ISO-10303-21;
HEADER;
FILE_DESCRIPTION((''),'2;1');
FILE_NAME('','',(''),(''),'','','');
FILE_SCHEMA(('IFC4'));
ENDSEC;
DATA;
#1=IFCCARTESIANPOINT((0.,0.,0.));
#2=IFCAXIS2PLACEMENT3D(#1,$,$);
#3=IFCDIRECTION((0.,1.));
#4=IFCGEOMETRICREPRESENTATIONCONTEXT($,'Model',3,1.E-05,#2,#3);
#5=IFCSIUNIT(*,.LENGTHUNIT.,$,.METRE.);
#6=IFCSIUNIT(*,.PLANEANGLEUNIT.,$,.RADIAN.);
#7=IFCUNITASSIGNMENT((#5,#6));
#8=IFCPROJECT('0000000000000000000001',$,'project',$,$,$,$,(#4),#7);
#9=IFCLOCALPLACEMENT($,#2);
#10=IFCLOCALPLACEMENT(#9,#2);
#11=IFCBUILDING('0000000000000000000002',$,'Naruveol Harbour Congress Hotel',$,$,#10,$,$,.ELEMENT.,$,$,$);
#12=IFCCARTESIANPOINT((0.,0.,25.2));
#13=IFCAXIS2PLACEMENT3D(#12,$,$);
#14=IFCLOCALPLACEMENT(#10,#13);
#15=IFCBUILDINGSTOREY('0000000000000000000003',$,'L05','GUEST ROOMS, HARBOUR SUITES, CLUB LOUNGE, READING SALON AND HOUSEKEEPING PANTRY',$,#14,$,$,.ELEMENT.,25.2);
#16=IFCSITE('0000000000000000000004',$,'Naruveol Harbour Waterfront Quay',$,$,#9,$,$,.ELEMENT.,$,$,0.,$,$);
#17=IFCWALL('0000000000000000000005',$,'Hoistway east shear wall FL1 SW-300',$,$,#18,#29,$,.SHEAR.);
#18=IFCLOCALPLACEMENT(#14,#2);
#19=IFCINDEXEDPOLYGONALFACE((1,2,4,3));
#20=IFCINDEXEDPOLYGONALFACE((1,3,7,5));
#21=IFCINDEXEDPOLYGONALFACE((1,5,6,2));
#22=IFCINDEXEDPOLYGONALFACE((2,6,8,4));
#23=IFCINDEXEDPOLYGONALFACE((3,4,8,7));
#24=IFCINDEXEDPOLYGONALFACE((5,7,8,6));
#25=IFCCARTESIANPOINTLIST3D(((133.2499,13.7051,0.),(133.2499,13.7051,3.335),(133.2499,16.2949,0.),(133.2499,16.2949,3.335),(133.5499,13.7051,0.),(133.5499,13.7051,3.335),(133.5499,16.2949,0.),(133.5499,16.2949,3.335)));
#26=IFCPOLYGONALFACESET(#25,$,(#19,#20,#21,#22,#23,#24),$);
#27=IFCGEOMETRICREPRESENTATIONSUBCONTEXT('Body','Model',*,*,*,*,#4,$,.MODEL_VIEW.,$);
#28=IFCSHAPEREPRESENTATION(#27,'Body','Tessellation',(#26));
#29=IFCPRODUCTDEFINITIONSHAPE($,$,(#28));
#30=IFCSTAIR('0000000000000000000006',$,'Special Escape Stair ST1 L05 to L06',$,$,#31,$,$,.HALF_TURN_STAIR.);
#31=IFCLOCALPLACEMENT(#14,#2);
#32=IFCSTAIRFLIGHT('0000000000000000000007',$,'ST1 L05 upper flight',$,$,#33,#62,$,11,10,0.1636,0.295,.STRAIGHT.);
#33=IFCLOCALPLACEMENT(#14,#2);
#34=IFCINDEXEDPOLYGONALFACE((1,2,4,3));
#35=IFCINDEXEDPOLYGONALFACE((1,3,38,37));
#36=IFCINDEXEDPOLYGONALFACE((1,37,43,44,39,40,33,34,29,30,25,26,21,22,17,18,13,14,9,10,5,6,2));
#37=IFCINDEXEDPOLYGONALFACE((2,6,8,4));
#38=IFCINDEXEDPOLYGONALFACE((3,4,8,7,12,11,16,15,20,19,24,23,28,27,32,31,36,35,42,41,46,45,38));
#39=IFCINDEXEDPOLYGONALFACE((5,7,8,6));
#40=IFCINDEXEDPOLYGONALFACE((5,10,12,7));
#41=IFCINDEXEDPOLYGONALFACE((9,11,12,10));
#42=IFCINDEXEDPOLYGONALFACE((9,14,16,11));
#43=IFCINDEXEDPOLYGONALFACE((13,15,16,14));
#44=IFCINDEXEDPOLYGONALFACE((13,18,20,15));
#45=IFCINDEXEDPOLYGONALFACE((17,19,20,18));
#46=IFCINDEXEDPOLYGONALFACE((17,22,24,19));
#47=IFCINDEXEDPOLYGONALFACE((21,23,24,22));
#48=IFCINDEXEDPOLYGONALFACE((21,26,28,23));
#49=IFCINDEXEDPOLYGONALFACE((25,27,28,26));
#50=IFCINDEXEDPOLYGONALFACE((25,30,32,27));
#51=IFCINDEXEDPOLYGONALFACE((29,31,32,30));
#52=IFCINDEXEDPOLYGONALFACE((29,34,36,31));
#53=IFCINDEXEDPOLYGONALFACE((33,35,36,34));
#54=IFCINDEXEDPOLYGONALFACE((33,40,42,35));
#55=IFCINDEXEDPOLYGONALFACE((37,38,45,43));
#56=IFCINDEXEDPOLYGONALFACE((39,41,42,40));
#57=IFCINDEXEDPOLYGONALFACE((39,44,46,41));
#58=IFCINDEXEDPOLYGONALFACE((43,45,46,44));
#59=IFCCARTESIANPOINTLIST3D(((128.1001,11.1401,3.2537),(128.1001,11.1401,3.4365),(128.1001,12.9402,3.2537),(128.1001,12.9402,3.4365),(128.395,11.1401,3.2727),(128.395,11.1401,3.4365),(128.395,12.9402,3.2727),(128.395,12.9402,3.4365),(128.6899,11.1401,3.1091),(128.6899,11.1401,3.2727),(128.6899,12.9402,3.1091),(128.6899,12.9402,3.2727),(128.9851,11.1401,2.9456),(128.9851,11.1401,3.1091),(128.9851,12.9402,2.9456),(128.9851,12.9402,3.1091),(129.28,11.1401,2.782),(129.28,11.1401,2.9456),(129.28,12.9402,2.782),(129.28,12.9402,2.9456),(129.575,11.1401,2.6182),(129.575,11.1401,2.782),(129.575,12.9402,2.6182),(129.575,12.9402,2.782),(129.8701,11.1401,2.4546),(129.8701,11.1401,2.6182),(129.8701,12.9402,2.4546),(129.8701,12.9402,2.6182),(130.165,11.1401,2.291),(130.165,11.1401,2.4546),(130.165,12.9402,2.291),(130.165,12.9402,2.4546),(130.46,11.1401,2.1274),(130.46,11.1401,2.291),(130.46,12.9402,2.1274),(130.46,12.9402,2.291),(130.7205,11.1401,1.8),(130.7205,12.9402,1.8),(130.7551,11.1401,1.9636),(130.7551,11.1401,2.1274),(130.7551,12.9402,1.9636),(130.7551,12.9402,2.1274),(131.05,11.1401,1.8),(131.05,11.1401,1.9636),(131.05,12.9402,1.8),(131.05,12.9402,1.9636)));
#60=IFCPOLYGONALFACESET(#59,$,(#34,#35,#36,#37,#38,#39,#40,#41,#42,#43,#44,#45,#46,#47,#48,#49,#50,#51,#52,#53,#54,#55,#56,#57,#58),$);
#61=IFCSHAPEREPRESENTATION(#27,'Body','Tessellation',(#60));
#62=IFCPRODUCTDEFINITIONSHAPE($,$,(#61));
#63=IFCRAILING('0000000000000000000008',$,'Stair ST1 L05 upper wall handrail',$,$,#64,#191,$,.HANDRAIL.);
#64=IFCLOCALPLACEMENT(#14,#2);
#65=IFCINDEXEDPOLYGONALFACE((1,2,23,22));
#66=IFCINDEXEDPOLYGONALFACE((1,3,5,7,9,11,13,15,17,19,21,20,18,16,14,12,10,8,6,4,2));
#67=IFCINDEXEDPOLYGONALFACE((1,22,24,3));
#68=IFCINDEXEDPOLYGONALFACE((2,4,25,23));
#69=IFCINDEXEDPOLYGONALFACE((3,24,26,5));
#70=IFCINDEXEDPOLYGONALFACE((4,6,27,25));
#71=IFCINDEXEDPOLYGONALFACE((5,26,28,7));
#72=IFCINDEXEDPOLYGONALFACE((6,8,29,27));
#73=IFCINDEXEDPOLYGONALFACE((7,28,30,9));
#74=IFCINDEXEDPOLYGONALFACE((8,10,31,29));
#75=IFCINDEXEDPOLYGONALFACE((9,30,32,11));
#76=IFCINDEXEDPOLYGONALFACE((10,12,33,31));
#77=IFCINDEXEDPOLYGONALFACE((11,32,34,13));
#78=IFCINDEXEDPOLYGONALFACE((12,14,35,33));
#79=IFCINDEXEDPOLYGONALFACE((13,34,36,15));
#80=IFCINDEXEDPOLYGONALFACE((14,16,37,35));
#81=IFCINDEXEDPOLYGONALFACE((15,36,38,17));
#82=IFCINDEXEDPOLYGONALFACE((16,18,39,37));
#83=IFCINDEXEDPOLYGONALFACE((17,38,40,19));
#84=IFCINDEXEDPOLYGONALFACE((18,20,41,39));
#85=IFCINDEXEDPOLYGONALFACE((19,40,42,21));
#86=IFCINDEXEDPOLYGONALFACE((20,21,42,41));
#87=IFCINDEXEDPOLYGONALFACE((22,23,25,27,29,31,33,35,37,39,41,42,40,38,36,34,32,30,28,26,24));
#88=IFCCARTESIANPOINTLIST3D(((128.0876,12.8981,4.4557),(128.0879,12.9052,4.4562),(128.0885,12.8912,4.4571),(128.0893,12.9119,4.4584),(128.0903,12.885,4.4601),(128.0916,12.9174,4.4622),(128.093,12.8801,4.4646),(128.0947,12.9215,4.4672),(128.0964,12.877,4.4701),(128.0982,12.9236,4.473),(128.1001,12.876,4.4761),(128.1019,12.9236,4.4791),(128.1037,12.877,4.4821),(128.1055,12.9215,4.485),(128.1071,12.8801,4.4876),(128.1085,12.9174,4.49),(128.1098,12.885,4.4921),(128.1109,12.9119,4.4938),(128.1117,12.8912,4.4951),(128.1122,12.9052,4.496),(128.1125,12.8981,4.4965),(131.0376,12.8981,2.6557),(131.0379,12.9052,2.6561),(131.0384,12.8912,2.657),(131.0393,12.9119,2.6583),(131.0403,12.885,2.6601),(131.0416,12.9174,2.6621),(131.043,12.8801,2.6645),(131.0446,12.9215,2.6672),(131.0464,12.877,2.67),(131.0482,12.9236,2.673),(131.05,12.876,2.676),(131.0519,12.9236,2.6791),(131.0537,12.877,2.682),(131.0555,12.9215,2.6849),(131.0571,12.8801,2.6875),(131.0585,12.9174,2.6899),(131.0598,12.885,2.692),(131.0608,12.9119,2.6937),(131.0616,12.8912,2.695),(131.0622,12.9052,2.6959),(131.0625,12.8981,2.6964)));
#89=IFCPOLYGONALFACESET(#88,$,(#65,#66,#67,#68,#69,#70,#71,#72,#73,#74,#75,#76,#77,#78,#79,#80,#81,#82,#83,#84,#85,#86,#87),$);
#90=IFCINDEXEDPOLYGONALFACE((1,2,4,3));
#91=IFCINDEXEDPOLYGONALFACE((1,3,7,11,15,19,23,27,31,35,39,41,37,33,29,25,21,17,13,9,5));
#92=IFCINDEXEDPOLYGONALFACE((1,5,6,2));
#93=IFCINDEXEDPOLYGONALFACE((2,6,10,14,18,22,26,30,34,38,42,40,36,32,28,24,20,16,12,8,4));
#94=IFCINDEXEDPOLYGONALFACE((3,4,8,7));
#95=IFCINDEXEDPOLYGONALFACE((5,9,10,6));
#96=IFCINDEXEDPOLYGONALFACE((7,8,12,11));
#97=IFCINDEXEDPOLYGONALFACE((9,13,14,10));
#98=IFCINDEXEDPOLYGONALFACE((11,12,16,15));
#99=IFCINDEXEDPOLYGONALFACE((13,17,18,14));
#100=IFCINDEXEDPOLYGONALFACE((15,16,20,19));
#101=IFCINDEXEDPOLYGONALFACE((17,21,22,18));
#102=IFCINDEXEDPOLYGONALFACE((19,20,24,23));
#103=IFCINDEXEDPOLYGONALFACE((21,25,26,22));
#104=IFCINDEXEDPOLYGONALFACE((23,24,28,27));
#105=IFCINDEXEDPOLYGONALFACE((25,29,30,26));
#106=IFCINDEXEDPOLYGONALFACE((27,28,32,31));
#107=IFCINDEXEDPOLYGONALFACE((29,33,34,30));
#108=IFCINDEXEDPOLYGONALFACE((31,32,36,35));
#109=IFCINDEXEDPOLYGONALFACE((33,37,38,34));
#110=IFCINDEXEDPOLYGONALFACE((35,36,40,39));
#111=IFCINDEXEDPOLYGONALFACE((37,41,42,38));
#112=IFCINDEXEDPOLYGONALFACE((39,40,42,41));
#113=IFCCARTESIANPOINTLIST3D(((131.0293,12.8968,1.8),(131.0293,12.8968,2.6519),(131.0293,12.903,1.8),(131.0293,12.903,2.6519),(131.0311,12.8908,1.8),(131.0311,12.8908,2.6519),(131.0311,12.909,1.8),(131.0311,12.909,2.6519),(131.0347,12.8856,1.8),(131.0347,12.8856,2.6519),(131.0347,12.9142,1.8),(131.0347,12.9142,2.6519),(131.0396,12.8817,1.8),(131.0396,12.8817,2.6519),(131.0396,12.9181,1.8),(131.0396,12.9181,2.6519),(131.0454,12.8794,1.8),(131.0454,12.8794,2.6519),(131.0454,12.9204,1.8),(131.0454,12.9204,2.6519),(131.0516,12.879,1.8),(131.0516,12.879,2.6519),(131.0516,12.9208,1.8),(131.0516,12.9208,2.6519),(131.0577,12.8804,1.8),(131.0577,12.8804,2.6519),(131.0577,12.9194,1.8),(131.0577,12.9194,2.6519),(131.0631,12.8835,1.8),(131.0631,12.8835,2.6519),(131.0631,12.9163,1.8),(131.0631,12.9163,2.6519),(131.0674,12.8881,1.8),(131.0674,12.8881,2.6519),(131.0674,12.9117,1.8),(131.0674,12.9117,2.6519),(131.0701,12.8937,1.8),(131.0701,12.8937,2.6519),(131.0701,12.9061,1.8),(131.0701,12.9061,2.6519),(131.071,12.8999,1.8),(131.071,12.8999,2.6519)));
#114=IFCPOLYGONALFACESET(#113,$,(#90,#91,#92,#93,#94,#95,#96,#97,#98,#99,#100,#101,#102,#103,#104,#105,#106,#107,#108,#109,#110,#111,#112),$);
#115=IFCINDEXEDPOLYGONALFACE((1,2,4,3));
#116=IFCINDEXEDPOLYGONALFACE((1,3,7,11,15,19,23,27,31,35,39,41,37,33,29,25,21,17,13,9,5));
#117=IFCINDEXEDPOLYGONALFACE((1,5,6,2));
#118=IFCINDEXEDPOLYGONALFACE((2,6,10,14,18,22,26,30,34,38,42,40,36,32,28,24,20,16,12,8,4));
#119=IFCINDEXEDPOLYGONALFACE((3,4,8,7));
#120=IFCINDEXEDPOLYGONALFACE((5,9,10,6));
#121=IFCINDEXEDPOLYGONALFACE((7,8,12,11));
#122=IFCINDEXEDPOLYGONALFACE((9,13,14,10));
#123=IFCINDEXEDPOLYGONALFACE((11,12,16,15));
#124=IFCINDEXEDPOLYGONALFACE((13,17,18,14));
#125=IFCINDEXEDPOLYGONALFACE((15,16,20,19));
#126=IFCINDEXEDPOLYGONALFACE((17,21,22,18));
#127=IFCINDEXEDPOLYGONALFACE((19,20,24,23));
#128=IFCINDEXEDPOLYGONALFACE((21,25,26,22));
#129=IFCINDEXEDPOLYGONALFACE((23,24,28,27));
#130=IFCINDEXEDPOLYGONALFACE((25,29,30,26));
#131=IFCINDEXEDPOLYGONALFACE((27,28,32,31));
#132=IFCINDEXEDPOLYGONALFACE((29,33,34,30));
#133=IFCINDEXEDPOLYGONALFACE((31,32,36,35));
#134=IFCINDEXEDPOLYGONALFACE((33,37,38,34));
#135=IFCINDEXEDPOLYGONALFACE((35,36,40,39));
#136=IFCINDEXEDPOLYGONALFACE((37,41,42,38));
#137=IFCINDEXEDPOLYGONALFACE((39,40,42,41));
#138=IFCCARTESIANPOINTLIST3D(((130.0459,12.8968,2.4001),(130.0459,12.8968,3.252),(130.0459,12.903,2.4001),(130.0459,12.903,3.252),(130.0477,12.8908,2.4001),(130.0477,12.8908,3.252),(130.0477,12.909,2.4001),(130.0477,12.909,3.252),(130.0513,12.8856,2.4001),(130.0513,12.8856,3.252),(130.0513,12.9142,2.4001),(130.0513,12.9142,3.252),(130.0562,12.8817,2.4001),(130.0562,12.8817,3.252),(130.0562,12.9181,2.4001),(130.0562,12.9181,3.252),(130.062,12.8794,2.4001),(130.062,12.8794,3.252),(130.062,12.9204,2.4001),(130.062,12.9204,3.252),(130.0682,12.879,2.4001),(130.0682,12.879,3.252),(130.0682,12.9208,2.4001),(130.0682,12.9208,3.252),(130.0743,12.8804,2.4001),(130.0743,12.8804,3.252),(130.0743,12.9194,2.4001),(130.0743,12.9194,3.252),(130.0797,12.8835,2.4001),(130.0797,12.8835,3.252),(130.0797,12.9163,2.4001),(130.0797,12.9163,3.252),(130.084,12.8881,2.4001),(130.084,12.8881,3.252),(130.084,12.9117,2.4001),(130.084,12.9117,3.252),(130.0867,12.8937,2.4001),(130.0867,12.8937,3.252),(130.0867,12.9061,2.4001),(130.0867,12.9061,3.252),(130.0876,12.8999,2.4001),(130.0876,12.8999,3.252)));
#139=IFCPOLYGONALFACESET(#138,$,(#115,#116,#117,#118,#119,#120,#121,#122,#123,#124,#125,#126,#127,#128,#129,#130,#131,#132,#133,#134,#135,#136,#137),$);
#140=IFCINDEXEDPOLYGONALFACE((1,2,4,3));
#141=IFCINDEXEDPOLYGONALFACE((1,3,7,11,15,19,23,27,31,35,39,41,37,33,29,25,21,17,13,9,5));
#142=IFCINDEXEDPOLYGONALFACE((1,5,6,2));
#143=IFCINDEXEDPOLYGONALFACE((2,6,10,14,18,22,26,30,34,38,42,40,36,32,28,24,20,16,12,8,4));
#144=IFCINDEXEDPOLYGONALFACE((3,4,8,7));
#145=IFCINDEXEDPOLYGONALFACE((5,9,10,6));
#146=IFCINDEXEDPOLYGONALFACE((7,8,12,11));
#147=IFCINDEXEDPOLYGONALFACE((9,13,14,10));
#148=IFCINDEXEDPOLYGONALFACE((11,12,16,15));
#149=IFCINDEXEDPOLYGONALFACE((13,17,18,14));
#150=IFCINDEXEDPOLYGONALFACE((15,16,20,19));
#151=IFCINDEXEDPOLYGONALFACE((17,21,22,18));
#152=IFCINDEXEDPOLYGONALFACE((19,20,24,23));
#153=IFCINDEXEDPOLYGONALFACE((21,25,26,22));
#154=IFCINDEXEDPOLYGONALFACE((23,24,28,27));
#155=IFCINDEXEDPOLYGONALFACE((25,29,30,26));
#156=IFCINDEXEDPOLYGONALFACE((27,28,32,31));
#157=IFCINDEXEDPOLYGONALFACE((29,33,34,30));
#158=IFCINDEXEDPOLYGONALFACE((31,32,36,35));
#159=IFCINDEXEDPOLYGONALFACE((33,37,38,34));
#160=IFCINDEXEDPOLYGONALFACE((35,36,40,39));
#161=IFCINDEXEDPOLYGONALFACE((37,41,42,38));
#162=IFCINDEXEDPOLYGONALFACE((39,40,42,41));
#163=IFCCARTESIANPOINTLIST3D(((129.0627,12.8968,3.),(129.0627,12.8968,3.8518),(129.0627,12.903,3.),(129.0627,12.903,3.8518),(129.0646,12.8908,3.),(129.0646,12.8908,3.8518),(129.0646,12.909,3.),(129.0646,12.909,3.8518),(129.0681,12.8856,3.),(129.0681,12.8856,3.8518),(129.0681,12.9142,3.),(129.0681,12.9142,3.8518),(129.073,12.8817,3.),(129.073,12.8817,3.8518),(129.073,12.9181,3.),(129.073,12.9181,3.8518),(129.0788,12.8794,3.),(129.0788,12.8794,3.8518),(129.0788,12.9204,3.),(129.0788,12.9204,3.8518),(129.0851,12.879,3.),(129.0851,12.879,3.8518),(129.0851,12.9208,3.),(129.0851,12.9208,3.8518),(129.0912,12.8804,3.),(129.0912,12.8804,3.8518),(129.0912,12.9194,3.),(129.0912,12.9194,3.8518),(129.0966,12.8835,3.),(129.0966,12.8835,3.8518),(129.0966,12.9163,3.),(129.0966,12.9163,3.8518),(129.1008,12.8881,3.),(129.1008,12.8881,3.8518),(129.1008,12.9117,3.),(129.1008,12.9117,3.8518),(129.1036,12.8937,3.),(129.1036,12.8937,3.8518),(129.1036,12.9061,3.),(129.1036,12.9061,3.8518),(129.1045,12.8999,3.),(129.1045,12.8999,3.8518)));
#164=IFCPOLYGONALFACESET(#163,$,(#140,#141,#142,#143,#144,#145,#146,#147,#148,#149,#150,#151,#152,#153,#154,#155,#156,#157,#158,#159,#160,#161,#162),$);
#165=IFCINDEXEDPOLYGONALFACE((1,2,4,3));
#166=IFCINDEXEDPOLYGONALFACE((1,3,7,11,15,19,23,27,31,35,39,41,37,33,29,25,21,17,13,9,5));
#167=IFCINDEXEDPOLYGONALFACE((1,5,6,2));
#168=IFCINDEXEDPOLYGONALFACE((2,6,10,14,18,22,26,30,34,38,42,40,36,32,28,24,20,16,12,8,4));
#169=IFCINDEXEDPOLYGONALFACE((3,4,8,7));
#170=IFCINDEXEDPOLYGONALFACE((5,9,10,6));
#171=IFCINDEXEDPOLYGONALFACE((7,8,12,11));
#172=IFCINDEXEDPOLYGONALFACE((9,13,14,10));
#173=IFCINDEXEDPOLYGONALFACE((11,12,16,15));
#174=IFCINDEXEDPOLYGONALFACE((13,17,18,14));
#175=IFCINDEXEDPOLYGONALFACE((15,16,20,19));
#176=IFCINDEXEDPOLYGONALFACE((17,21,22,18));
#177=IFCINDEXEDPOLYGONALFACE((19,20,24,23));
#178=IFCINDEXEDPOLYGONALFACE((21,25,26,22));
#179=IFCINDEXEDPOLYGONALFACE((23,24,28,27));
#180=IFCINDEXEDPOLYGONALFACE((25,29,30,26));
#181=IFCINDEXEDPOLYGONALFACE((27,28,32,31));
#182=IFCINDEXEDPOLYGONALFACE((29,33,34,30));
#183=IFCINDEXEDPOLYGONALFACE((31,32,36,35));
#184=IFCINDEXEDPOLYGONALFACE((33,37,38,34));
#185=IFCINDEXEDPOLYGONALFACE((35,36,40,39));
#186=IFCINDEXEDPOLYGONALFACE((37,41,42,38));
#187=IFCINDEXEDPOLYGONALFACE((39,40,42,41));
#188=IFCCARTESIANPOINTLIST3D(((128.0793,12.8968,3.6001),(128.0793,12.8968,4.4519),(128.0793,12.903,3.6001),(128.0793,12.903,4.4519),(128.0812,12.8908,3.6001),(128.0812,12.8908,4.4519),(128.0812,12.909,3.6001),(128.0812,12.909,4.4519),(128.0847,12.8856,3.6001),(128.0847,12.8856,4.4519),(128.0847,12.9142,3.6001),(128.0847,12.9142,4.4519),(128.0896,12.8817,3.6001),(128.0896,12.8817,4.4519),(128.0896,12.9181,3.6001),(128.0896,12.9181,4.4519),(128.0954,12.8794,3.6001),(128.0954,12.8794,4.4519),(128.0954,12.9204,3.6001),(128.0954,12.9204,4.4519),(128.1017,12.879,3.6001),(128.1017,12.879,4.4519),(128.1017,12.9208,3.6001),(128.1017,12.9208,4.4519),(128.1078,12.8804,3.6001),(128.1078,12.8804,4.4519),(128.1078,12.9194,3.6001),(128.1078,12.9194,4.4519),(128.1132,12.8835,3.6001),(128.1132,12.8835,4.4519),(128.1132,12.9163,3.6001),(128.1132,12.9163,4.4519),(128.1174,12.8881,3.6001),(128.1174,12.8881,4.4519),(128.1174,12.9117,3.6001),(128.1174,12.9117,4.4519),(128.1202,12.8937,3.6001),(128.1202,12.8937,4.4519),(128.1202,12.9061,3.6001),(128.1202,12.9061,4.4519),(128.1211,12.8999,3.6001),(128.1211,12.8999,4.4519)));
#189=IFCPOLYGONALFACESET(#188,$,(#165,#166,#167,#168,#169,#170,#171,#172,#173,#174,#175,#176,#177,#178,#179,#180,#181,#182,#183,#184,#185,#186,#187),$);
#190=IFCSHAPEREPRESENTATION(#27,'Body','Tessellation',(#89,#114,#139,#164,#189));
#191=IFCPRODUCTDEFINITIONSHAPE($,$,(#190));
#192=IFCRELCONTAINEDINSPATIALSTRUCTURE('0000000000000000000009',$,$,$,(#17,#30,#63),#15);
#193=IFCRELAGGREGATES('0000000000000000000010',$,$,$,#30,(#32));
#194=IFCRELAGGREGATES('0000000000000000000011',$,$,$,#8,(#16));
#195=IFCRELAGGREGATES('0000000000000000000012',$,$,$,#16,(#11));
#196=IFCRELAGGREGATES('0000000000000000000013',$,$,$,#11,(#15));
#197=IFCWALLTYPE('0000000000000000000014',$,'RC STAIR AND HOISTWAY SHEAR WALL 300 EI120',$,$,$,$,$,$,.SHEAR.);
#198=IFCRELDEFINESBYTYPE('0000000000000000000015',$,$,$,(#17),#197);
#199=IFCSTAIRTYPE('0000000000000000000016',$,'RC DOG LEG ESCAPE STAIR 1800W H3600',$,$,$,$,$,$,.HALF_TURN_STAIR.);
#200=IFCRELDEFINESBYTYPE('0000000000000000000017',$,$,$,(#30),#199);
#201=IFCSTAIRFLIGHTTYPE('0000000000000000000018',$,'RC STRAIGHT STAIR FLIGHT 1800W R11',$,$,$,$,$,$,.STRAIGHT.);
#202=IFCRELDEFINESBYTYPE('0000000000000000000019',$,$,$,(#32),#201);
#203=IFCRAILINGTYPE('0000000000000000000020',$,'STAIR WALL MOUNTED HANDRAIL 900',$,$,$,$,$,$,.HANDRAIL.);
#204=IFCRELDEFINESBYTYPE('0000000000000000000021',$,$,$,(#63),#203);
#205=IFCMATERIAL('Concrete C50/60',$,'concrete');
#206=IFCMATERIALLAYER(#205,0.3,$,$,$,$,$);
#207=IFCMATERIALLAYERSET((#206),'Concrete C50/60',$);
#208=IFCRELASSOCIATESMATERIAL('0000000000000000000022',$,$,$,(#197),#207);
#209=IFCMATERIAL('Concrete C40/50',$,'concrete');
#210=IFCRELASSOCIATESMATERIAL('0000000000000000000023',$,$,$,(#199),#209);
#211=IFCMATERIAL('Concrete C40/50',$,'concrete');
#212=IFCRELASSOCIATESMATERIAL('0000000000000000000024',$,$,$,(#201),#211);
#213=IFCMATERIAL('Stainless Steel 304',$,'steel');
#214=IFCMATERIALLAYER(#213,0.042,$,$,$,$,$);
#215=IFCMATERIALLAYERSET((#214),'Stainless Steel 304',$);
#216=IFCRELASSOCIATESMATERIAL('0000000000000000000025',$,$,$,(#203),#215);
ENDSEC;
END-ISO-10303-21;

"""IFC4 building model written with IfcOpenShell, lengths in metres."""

from ifc_helpers import new_model, si_unit, direction, frame, frame_2d, origin, origin_2d, place, context, subcontext, project, spatial, polyline, rectangle, circle, outline, extrude, material, layer, layer_set, type_object, element, aggregate, save


model = new_model("IFC4")

# Units and contexts
model_context = context("Model", 3, precision=1e-05, world=origin(), true_north=direction((0.0, 1.0)))
body_context = subcontext(model_context, "Body", "Model", "MODEL_VIEW")
ifc_project = project(units=[si_unit("LENGTHUNIT", "METRE"), si_unit("PLANEANGLEUNIT", "RADIAN")], contexts=[model_context])

# Site, building, storey
site_placement = place(None, origin())
site = spatial("IfcSite", under=ifc_project, at=site_placement, Name="Naruveol Harbour Waterfront Quay", CompositionType="ELEMENT", RefElevation=0.0)
building_placement = place(site_placement, origin())
building = spatial("IfcBuilding", under=site, at=building_placement, Name="Naruveol Harbour Congress Hotel", CompositionType="ELEMENT")
storey_placement = place(building_placement, frame((0.0, 0.0, 25.2)))
storey = spatial("IfcBuildingStorey", under=building, at=storey_placement, Name="L05", Description="GUEST ROOMS, HARBOUR SUITES, CLUB LOUNGE, READING SALON AND HOUSEKEEPING PANTRY", CompositionType="ELEMENT", Elevation=25.2)

# Wall
ifc_material_1 = material(Name="Concrete C50/60", Category="concrete")
ifc_layer_1 = layer(ifc_material_1, 0.3)
ifc_layer_set_1 = layer_set([ifc_layer_1], Name="Concrete C50/60")
wall_type_1 = type_object("IfcWallType", Name="RC STAIR AND HOISTWAY SHEAR WALL 300 EI120", PredefinedType="SHEAR", material=ifc_layer_set_1)
wall_1_placement = place(storey_placement, frame((133.3999, 13.7051, 0.0), z_axis=(0.0, 0.0, 1.0), x_axis=(0.0, 1.0, 0.0)))
element("IfcWall", 1, at=wall_1_placement, inside=storey, type_object=wall_type_1, Name="Hoistway east shear wall FL1 SW-300", PredefinedType="SHEAR", context=body_context, shape_type="SweptSolid", body=[
    extrude(rectangle(XDim=2.5898, YDim=0.3, at=frame_2d((1.2949, 0.0))), origin(), (0.0, 0.0, 1.0), 3.335),
])

# Stair, stair flight
ifc_material_2 = material(Name="Concrete C40/50", Category="concrete")
stair_type = type_object("IfcStairType", Name="RC DOG LEG ESCAPE STAIR 1800W H3600", PredefinedType="HALF_TURN_STAIR", material=ifc_material_2)
stair_placement = place(storey_placement, origin())
stair = element("IfcStair", 2, at=stair_placement, inside=storey, type_object=stair_type, Name="Special Escape Stair ST1 L05 to L06", PredefinedType="HALF_TURN_STAIR")
ifc_material_3 = material(Name="Concrete C40/50", Category="concrete")
stair_flight_type = type_object("IfcStairFlightType", Name="RC STRAIGHT STAIR FLIGHT 1800W R11", PredefinedType="STRAIGHT", material=ifc_material_3)
stair_flight_placement = place(storey_placement, frame((131.05, 12.04, 1.8), z_axis=(0.0, 0.0, 1.0), x_axis=(-1.0, 0.0, 0.0)))
stair_flight = element("IfcStairFlight", 3, at=stair_flight_placement, type_object=stair_flight_type, Name="ST1 L05 upper flight", NumberOfRisers=11, NumberOfTreads=10, PredefinedType="STRAIGHT", RiserHeight=0.1636, TreadLength=0.295, context=body_context, shape_type="SweptSolid", body=[
    extrude(outline(polyline([(0.0, 0.0), (0.0, 0.1636), (0.2949, 0.1636), (0.2949, 0.3274), (0.5901, 0.3274), (0.5901, 0.491), (0.885, 0.491), (0.885, 0.6545), (1.1799, 0.6545), (1.1799, 0.8181), (1.4751, 0.8181), (1.4751, 0.9819), (1.77, 0.9819), (1.77, 1.1455), (2.0649, 1.1455), (2.0649, 1.3091), (2.3601, 1.3091), (2.3601, 1.4727), (2.655, 1.4727), (2.655, 1.6365), (2.95, 1.6365), (2.95, 1.8), (2.95, 1.4536), (0.3296, 0.0), (0.0, 0.0)])), frame((0.0, 0.8999, 0.0), z_axis=(0.0, -1.0, 0.0), x_axis=(1.0, 0.0, 0.0)), (0.0, 0.0, 1.0), 1.8),
])
aggregate(stair, [stair_flight])

# Railing
ifc_material_4 = material(Name="Stainless Steel 304", Category="steel")
ifc_layer_2 = layer(ifc_material_4, 0.042)
ifc_layer_set_2 = layer_set([ifc_layer_2], Name="Stainless Steel 304")
railing_type_1 = type_object("IfcRailingType", Name="STAIR WALL MOUNTED HANDRAIL 900", PredefinedType="HANDRAIL", material=ifc_layer_set_2)
railing_1_placement = place(storey_placement, frame((131.05, 12.8999, 1.8)))
element("IfcRailing", 4, at=railing_1_placement, inside=storey, type_object=railing_type_1, Name="Stair ST1 L05 upper wall handrail", PredefinedType="HANDRAIL", context=body_context, shape_type="SweptSolid", body=[
    extrude(circle(Radius=0.0239, at=origin_2d()), frame((0.0, 0.0, 0.876), z_axis=(-0.853629, 0.0, 0.520881), x_axis=(0.0, -1.0, 0.0)), (0.0, 0.0, 1.0), 3.4558),
    extrude(circle(Radius=0.021, at=origin_2d()), origin(), (0.0, 0.0, 1.0), 0.8518),
    extrude(circle(Radius=0.021, at=origin_2d()), frame((-0.9834, 0.0, 0.6001)), (0.0, 0.0, 1.0), 0.8518),
    extrude(circle(Radius=0.021, at=origin_2d()), frame((-1.9666, 0.0, 1.2)), (0.0, 0.0, 1.0), 0.8518),
    extrude(circle(Radius=0.021, at=origin_2d()), frame((-2.95, 0.0, 1.8)), (0.0, 0.0, 1.0), 0.8518),
])

save(model, "model.ifc")
